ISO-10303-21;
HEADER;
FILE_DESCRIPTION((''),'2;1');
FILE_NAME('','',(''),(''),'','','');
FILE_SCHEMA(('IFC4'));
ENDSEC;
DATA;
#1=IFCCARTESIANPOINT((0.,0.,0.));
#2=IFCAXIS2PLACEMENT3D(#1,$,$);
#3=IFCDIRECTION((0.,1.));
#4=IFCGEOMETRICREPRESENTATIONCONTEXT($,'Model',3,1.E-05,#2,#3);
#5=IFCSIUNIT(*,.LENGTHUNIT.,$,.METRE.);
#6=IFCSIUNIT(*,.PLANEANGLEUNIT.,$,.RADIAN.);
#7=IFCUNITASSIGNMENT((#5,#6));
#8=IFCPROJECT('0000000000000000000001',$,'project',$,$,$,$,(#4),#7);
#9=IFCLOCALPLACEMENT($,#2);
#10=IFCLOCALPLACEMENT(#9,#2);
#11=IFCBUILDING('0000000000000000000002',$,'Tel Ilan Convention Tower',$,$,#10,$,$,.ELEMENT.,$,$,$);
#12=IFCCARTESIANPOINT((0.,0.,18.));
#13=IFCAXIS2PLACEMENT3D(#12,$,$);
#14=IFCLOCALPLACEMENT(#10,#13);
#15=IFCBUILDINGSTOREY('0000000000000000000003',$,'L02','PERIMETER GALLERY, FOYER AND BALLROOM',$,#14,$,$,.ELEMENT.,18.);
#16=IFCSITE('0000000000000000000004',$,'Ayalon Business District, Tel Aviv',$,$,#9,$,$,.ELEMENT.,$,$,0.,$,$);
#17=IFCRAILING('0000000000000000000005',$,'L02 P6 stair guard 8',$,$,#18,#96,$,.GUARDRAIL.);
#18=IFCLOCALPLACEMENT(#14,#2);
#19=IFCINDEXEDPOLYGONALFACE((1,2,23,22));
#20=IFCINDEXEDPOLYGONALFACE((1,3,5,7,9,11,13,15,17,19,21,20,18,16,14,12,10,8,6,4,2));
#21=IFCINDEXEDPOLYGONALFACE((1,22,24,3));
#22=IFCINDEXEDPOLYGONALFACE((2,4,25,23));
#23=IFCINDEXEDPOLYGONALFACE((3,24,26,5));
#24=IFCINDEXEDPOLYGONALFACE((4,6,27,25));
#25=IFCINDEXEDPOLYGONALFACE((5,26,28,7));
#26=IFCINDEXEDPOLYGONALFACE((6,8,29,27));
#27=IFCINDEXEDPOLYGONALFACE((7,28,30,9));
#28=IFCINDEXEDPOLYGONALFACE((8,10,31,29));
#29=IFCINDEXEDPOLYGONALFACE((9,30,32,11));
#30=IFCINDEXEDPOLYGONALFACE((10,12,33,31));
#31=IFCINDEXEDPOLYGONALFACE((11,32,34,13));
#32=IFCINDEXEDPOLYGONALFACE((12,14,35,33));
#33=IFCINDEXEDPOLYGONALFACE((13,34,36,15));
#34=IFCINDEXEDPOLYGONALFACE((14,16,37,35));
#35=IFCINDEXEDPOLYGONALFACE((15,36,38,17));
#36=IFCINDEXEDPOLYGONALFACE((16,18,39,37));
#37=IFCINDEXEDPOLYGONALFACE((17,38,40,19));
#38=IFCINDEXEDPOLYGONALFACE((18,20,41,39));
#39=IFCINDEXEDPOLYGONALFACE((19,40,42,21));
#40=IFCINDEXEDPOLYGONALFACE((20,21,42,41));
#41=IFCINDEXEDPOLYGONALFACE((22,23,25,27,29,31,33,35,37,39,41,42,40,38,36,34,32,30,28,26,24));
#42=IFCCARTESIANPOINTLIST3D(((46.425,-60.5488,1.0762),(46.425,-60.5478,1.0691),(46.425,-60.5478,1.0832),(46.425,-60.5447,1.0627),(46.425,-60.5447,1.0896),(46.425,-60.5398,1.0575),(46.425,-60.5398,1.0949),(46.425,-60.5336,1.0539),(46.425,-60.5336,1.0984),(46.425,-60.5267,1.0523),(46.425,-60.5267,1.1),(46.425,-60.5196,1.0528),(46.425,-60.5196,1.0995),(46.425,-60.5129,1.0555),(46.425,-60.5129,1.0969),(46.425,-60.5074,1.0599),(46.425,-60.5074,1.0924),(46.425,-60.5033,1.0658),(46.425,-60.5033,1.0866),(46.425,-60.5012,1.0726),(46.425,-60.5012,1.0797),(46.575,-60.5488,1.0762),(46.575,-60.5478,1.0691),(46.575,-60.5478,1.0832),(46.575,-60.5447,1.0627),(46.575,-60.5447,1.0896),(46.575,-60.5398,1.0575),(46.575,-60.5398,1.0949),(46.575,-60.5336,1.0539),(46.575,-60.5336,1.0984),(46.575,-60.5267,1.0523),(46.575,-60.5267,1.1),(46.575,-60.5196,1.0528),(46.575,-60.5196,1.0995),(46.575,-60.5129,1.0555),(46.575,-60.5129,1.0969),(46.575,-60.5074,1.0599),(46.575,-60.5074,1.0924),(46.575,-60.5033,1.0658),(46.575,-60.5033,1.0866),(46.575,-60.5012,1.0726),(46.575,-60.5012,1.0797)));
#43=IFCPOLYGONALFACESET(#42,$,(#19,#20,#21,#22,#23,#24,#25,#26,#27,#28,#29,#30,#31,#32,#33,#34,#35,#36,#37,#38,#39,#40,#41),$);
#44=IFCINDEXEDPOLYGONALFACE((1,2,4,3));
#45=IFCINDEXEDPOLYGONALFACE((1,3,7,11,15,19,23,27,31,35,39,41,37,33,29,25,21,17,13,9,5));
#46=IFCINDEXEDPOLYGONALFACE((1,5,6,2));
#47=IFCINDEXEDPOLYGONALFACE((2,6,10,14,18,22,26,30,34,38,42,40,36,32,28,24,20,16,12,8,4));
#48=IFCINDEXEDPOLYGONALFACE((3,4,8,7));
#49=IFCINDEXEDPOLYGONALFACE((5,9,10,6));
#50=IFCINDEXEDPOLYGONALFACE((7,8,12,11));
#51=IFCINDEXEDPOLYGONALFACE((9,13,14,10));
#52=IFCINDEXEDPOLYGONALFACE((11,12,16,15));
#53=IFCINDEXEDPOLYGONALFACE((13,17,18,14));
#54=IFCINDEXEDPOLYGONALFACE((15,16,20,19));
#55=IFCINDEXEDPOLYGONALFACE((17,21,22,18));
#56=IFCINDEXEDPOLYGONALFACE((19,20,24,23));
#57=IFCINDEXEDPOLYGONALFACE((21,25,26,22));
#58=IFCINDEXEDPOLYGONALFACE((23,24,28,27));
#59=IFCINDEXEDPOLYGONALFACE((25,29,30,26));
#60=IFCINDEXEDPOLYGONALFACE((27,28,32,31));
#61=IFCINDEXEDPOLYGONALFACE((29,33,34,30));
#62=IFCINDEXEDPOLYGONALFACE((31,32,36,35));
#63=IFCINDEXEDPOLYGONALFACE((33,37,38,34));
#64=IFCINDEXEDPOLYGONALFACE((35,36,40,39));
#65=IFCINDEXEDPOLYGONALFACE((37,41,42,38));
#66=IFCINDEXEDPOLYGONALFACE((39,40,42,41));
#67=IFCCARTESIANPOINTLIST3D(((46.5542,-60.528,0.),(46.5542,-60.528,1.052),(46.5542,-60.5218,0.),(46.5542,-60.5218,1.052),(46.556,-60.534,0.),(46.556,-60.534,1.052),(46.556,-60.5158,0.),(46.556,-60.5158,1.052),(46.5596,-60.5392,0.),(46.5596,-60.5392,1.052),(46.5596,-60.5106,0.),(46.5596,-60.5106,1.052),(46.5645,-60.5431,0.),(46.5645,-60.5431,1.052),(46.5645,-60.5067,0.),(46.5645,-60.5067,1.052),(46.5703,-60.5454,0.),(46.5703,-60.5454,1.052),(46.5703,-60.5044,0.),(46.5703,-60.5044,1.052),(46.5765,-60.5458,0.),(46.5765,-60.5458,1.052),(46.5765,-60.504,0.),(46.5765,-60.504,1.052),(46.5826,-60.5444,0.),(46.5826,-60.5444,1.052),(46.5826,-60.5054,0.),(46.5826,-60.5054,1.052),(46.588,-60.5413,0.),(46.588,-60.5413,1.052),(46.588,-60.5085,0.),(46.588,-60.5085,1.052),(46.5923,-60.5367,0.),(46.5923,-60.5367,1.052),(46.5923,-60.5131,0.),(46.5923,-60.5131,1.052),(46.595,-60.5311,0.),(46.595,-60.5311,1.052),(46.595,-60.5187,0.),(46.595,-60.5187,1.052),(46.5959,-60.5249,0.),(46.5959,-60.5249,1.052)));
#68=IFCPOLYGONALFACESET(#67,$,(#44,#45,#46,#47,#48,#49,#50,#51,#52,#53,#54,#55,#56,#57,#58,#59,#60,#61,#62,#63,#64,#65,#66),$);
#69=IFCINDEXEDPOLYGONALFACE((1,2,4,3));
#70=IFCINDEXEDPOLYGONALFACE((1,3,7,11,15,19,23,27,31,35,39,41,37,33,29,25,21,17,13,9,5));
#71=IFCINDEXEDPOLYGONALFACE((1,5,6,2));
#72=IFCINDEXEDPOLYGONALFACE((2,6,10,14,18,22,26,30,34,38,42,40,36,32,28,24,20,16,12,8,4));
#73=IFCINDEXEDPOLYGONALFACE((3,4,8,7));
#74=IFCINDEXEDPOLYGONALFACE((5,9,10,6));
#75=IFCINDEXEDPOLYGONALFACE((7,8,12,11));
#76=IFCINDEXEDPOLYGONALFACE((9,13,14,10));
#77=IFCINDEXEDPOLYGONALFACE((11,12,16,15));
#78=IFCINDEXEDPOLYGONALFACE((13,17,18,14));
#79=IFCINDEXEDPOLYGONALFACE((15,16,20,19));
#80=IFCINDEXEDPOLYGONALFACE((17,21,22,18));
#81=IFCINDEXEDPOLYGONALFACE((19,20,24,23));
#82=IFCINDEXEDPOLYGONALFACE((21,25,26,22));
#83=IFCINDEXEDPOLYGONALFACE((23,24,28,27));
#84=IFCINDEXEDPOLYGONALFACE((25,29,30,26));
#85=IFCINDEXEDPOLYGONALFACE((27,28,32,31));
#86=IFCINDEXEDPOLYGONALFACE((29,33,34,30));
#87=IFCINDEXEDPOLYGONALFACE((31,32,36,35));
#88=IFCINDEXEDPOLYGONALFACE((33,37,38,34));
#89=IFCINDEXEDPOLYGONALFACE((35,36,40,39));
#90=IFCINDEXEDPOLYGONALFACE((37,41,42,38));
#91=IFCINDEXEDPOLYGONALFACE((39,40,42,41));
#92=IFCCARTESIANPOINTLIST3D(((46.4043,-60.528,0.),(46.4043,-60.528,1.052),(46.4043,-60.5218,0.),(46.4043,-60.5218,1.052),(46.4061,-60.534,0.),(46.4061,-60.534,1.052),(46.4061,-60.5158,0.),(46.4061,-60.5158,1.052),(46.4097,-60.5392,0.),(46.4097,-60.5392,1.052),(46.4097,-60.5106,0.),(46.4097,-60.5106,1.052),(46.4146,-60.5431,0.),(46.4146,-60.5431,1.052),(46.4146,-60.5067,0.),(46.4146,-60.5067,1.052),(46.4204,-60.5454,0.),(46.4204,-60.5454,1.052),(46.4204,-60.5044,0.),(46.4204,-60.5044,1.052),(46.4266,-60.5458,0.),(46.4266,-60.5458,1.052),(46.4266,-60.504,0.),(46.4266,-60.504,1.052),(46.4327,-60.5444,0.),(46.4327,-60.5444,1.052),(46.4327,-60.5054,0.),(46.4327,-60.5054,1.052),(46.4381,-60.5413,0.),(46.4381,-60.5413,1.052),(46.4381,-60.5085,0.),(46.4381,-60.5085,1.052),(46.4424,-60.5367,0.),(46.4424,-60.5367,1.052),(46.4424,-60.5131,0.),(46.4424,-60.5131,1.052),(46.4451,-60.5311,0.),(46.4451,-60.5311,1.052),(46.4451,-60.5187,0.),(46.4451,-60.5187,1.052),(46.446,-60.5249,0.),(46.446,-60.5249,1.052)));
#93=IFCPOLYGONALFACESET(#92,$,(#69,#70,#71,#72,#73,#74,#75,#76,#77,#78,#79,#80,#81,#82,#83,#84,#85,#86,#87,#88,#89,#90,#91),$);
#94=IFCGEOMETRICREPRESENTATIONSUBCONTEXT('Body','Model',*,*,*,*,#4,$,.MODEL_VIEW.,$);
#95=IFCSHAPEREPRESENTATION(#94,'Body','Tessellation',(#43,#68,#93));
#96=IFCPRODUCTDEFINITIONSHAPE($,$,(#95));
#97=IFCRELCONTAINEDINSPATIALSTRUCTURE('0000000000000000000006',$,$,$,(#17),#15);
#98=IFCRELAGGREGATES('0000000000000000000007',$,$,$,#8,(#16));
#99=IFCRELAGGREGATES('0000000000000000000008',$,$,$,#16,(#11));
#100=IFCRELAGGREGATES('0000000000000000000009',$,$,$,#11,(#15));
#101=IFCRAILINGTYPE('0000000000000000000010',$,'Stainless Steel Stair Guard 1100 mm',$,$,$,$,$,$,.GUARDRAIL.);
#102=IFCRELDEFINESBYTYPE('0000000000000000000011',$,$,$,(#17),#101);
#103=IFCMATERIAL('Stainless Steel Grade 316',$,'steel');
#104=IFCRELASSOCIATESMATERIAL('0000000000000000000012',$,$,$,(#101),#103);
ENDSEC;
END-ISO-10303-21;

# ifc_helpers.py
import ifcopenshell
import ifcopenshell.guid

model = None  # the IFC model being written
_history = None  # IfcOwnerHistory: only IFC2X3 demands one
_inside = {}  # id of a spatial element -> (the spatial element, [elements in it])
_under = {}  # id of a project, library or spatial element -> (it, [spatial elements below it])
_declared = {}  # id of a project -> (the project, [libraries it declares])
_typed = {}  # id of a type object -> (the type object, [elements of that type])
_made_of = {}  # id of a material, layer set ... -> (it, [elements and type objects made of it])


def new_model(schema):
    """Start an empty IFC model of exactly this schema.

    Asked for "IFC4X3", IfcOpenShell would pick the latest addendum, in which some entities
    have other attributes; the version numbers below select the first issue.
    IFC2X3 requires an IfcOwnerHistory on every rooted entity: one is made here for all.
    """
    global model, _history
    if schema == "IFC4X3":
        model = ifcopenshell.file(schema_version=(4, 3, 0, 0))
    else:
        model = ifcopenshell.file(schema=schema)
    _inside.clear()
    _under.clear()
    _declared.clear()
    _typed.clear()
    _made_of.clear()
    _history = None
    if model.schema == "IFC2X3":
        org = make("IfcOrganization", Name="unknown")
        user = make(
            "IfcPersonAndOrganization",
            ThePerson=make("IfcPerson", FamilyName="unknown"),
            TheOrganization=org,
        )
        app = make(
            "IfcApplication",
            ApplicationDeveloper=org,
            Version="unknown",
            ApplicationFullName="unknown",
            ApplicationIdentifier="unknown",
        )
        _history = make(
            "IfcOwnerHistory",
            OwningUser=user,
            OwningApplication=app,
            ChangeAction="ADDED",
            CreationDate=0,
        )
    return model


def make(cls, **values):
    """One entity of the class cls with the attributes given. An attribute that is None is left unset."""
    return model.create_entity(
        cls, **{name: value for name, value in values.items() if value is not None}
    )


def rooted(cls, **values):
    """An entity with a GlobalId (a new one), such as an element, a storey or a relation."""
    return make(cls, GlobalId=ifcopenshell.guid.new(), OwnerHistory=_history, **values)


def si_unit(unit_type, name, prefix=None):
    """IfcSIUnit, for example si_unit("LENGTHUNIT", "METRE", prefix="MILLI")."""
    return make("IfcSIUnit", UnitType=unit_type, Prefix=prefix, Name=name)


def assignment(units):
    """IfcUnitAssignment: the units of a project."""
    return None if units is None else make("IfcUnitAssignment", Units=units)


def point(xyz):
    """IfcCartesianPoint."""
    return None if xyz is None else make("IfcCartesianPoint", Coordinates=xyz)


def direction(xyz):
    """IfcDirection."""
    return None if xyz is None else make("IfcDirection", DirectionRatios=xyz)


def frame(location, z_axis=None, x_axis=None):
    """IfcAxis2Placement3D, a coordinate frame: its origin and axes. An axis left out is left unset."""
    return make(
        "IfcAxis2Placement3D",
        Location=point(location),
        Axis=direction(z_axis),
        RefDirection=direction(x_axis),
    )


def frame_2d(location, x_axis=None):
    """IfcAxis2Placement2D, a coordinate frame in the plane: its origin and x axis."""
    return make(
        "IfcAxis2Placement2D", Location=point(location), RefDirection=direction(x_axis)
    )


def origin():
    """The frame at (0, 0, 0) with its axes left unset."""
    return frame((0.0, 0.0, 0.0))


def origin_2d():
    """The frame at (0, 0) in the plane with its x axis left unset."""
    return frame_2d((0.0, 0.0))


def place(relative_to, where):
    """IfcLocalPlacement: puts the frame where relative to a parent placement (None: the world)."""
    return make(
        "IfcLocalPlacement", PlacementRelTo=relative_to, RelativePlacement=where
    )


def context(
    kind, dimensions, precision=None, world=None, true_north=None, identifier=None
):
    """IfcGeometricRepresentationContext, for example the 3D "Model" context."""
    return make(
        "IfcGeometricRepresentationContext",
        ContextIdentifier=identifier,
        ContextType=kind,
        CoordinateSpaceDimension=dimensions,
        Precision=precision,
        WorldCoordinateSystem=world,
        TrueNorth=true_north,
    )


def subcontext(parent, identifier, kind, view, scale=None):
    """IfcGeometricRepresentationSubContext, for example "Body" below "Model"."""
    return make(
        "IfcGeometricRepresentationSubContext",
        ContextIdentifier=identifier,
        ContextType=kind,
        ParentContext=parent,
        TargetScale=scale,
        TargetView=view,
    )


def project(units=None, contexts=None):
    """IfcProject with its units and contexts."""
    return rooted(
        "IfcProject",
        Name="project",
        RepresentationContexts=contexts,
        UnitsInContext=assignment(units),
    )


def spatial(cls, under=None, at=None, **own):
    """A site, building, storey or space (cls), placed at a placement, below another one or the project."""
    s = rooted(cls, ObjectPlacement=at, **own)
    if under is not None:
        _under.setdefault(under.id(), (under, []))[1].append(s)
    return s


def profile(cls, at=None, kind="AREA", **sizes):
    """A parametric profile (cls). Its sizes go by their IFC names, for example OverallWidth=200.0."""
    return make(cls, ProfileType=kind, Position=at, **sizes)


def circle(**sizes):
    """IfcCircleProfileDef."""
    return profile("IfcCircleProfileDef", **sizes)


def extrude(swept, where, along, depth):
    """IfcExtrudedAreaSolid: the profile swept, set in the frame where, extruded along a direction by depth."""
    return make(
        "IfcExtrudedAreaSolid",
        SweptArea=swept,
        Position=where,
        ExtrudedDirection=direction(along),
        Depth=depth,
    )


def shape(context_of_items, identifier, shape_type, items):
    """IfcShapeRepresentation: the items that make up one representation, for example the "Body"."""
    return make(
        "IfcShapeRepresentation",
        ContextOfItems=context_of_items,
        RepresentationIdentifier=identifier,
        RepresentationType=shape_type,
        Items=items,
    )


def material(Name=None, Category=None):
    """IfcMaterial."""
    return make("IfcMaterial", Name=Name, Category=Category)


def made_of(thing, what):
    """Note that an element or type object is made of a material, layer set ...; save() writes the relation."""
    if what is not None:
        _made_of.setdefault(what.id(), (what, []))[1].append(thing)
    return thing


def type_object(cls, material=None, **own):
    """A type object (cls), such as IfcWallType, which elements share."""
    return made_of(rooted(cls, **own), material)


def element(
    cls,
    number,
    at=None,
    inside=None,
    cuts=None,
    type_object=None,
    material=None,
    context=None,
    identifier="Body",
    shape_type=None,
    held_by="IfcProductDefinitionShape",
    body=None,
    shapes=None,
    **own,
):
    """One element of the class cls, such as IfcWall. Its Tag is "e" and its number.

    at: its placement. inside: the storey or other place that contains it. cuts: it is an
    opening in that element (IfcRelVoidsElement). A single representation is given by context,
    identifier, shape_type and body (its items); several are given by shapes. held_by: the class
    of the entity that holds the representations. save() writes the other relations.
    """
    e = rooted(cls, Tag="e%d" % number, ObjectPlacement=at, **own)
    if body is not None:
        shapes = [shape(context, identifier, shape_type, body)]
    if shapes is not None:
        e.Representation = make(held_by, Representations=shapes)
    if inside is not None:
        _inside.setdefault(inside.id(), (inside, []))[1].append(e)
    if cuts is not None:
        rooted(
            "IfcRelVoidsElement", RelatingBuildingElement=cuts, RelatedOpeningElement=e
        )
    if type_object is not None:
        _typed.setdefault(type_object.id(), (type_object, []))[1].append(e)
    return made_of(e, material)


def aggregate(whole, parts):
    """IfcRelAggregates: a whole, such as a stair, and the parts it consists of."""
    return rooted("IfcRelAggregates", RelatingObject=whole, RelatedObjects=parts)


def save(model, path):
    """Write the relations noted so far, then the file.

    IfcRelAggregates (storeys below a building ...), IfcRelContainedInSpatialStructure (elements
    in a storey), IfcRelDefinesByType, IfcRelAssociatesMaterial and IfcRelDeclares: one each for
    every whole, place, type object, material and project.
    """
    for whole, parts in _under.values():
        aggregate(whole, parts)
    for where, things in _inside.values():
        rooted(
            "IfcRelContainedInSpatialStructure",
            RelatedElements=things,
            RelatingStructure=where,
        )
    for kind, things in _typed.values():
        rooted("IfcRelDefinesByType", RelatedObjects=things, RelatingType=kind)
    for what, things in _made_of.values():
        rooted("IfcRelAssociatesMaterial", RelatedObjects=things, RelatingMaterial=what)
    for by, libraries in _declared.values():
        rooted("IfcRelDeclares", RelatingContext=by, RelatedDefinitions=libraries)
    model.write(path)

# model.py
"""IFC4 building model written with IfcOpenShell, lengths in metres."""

from ifc_helpers import new_model, si_unit, direction, frame, origin, origin_2d, place, context, subcontext, project, spatial, circle, extrude, material, type_object, element, save


model = new_model("IFC4")

# Units and contexts
model_context = context("Model", 3, precision=1e-05, world=origin(), true_north=direction((0.0, 1.0)))
body_context = subcontext(model_context, "Body", "Model", "MODEL_VIEW")
ifc_project = project(units=[si_unit("LENGTHUNIT", "METRE"), si_unit("PLANEANGLEUNIT", "RADIAN")], contexts=[model_context])

# Site, building, storey
site_placement = place(None, origin())
site = spatial("IfcSite", under=ifc_project, at=site_placement, Name="Ayalon Business District, Tel Aviv", CompositionType="ELEMENT", RefElevation=0.0)
building_placement = place(site_placement, origin())
building = spatial("IfcBuilding", under=site, at=building_placement, Name="Tel Ilan Convention Tower", CompositionType="ELEMENT")
storey_placement = place(building_placement, frame((0.0, 0.0, 18.0)))
storey = spatial("IfcBuildingStorey", under=building, at=storey_placement, Name="L02", Description="PERIMETER GALLERY, FOYER AND BALLROOM", CompositionType="ELEMENT", Elevation=18.0)

# Railing
ifc_material_1 = material(Name="Stainless Steel Grade 316", Category="steel")
railing_type_1 = type_object("IfcRailingType", Name="Stainless Steel Stair Guard 1100 mm", PredefinedType="GUARDRAIL", material=ifc_material_1)
railing_1_placement = place(storey_placement, frame((46.575, -60.5249, 0.0)))
element("IfcRailing", 1, at=railing_1_placement, inside=storey, type_object=railing_type_1, Name="L02 P6 stair guard 8", PredefinedType="GUARDRAIL", context=body_context, shape_type="SweptSolid", body=[
    extrude(circle(Radius=0.0239, at=origin_2d()), frame((0.0, 0.0, 1.0762), z_axis=(-1.0, 0.0, 0.0), x_axis=(0.0, -1.0, 0.0)), (0.0, 0.0, 1.0), 0.1499),
    extrude(circle(Radius=0.021, at=origin_2d()), origin(), (0.0, 0.0, 1.0), 1.052),
    extrude(circle(Radius=0.021, at=origin_2d()), frame((-0.1499, 0.0, 0.0)), (0.0, 0.0, 1.0), 1.052),
])

save(model, "model.ifc")
